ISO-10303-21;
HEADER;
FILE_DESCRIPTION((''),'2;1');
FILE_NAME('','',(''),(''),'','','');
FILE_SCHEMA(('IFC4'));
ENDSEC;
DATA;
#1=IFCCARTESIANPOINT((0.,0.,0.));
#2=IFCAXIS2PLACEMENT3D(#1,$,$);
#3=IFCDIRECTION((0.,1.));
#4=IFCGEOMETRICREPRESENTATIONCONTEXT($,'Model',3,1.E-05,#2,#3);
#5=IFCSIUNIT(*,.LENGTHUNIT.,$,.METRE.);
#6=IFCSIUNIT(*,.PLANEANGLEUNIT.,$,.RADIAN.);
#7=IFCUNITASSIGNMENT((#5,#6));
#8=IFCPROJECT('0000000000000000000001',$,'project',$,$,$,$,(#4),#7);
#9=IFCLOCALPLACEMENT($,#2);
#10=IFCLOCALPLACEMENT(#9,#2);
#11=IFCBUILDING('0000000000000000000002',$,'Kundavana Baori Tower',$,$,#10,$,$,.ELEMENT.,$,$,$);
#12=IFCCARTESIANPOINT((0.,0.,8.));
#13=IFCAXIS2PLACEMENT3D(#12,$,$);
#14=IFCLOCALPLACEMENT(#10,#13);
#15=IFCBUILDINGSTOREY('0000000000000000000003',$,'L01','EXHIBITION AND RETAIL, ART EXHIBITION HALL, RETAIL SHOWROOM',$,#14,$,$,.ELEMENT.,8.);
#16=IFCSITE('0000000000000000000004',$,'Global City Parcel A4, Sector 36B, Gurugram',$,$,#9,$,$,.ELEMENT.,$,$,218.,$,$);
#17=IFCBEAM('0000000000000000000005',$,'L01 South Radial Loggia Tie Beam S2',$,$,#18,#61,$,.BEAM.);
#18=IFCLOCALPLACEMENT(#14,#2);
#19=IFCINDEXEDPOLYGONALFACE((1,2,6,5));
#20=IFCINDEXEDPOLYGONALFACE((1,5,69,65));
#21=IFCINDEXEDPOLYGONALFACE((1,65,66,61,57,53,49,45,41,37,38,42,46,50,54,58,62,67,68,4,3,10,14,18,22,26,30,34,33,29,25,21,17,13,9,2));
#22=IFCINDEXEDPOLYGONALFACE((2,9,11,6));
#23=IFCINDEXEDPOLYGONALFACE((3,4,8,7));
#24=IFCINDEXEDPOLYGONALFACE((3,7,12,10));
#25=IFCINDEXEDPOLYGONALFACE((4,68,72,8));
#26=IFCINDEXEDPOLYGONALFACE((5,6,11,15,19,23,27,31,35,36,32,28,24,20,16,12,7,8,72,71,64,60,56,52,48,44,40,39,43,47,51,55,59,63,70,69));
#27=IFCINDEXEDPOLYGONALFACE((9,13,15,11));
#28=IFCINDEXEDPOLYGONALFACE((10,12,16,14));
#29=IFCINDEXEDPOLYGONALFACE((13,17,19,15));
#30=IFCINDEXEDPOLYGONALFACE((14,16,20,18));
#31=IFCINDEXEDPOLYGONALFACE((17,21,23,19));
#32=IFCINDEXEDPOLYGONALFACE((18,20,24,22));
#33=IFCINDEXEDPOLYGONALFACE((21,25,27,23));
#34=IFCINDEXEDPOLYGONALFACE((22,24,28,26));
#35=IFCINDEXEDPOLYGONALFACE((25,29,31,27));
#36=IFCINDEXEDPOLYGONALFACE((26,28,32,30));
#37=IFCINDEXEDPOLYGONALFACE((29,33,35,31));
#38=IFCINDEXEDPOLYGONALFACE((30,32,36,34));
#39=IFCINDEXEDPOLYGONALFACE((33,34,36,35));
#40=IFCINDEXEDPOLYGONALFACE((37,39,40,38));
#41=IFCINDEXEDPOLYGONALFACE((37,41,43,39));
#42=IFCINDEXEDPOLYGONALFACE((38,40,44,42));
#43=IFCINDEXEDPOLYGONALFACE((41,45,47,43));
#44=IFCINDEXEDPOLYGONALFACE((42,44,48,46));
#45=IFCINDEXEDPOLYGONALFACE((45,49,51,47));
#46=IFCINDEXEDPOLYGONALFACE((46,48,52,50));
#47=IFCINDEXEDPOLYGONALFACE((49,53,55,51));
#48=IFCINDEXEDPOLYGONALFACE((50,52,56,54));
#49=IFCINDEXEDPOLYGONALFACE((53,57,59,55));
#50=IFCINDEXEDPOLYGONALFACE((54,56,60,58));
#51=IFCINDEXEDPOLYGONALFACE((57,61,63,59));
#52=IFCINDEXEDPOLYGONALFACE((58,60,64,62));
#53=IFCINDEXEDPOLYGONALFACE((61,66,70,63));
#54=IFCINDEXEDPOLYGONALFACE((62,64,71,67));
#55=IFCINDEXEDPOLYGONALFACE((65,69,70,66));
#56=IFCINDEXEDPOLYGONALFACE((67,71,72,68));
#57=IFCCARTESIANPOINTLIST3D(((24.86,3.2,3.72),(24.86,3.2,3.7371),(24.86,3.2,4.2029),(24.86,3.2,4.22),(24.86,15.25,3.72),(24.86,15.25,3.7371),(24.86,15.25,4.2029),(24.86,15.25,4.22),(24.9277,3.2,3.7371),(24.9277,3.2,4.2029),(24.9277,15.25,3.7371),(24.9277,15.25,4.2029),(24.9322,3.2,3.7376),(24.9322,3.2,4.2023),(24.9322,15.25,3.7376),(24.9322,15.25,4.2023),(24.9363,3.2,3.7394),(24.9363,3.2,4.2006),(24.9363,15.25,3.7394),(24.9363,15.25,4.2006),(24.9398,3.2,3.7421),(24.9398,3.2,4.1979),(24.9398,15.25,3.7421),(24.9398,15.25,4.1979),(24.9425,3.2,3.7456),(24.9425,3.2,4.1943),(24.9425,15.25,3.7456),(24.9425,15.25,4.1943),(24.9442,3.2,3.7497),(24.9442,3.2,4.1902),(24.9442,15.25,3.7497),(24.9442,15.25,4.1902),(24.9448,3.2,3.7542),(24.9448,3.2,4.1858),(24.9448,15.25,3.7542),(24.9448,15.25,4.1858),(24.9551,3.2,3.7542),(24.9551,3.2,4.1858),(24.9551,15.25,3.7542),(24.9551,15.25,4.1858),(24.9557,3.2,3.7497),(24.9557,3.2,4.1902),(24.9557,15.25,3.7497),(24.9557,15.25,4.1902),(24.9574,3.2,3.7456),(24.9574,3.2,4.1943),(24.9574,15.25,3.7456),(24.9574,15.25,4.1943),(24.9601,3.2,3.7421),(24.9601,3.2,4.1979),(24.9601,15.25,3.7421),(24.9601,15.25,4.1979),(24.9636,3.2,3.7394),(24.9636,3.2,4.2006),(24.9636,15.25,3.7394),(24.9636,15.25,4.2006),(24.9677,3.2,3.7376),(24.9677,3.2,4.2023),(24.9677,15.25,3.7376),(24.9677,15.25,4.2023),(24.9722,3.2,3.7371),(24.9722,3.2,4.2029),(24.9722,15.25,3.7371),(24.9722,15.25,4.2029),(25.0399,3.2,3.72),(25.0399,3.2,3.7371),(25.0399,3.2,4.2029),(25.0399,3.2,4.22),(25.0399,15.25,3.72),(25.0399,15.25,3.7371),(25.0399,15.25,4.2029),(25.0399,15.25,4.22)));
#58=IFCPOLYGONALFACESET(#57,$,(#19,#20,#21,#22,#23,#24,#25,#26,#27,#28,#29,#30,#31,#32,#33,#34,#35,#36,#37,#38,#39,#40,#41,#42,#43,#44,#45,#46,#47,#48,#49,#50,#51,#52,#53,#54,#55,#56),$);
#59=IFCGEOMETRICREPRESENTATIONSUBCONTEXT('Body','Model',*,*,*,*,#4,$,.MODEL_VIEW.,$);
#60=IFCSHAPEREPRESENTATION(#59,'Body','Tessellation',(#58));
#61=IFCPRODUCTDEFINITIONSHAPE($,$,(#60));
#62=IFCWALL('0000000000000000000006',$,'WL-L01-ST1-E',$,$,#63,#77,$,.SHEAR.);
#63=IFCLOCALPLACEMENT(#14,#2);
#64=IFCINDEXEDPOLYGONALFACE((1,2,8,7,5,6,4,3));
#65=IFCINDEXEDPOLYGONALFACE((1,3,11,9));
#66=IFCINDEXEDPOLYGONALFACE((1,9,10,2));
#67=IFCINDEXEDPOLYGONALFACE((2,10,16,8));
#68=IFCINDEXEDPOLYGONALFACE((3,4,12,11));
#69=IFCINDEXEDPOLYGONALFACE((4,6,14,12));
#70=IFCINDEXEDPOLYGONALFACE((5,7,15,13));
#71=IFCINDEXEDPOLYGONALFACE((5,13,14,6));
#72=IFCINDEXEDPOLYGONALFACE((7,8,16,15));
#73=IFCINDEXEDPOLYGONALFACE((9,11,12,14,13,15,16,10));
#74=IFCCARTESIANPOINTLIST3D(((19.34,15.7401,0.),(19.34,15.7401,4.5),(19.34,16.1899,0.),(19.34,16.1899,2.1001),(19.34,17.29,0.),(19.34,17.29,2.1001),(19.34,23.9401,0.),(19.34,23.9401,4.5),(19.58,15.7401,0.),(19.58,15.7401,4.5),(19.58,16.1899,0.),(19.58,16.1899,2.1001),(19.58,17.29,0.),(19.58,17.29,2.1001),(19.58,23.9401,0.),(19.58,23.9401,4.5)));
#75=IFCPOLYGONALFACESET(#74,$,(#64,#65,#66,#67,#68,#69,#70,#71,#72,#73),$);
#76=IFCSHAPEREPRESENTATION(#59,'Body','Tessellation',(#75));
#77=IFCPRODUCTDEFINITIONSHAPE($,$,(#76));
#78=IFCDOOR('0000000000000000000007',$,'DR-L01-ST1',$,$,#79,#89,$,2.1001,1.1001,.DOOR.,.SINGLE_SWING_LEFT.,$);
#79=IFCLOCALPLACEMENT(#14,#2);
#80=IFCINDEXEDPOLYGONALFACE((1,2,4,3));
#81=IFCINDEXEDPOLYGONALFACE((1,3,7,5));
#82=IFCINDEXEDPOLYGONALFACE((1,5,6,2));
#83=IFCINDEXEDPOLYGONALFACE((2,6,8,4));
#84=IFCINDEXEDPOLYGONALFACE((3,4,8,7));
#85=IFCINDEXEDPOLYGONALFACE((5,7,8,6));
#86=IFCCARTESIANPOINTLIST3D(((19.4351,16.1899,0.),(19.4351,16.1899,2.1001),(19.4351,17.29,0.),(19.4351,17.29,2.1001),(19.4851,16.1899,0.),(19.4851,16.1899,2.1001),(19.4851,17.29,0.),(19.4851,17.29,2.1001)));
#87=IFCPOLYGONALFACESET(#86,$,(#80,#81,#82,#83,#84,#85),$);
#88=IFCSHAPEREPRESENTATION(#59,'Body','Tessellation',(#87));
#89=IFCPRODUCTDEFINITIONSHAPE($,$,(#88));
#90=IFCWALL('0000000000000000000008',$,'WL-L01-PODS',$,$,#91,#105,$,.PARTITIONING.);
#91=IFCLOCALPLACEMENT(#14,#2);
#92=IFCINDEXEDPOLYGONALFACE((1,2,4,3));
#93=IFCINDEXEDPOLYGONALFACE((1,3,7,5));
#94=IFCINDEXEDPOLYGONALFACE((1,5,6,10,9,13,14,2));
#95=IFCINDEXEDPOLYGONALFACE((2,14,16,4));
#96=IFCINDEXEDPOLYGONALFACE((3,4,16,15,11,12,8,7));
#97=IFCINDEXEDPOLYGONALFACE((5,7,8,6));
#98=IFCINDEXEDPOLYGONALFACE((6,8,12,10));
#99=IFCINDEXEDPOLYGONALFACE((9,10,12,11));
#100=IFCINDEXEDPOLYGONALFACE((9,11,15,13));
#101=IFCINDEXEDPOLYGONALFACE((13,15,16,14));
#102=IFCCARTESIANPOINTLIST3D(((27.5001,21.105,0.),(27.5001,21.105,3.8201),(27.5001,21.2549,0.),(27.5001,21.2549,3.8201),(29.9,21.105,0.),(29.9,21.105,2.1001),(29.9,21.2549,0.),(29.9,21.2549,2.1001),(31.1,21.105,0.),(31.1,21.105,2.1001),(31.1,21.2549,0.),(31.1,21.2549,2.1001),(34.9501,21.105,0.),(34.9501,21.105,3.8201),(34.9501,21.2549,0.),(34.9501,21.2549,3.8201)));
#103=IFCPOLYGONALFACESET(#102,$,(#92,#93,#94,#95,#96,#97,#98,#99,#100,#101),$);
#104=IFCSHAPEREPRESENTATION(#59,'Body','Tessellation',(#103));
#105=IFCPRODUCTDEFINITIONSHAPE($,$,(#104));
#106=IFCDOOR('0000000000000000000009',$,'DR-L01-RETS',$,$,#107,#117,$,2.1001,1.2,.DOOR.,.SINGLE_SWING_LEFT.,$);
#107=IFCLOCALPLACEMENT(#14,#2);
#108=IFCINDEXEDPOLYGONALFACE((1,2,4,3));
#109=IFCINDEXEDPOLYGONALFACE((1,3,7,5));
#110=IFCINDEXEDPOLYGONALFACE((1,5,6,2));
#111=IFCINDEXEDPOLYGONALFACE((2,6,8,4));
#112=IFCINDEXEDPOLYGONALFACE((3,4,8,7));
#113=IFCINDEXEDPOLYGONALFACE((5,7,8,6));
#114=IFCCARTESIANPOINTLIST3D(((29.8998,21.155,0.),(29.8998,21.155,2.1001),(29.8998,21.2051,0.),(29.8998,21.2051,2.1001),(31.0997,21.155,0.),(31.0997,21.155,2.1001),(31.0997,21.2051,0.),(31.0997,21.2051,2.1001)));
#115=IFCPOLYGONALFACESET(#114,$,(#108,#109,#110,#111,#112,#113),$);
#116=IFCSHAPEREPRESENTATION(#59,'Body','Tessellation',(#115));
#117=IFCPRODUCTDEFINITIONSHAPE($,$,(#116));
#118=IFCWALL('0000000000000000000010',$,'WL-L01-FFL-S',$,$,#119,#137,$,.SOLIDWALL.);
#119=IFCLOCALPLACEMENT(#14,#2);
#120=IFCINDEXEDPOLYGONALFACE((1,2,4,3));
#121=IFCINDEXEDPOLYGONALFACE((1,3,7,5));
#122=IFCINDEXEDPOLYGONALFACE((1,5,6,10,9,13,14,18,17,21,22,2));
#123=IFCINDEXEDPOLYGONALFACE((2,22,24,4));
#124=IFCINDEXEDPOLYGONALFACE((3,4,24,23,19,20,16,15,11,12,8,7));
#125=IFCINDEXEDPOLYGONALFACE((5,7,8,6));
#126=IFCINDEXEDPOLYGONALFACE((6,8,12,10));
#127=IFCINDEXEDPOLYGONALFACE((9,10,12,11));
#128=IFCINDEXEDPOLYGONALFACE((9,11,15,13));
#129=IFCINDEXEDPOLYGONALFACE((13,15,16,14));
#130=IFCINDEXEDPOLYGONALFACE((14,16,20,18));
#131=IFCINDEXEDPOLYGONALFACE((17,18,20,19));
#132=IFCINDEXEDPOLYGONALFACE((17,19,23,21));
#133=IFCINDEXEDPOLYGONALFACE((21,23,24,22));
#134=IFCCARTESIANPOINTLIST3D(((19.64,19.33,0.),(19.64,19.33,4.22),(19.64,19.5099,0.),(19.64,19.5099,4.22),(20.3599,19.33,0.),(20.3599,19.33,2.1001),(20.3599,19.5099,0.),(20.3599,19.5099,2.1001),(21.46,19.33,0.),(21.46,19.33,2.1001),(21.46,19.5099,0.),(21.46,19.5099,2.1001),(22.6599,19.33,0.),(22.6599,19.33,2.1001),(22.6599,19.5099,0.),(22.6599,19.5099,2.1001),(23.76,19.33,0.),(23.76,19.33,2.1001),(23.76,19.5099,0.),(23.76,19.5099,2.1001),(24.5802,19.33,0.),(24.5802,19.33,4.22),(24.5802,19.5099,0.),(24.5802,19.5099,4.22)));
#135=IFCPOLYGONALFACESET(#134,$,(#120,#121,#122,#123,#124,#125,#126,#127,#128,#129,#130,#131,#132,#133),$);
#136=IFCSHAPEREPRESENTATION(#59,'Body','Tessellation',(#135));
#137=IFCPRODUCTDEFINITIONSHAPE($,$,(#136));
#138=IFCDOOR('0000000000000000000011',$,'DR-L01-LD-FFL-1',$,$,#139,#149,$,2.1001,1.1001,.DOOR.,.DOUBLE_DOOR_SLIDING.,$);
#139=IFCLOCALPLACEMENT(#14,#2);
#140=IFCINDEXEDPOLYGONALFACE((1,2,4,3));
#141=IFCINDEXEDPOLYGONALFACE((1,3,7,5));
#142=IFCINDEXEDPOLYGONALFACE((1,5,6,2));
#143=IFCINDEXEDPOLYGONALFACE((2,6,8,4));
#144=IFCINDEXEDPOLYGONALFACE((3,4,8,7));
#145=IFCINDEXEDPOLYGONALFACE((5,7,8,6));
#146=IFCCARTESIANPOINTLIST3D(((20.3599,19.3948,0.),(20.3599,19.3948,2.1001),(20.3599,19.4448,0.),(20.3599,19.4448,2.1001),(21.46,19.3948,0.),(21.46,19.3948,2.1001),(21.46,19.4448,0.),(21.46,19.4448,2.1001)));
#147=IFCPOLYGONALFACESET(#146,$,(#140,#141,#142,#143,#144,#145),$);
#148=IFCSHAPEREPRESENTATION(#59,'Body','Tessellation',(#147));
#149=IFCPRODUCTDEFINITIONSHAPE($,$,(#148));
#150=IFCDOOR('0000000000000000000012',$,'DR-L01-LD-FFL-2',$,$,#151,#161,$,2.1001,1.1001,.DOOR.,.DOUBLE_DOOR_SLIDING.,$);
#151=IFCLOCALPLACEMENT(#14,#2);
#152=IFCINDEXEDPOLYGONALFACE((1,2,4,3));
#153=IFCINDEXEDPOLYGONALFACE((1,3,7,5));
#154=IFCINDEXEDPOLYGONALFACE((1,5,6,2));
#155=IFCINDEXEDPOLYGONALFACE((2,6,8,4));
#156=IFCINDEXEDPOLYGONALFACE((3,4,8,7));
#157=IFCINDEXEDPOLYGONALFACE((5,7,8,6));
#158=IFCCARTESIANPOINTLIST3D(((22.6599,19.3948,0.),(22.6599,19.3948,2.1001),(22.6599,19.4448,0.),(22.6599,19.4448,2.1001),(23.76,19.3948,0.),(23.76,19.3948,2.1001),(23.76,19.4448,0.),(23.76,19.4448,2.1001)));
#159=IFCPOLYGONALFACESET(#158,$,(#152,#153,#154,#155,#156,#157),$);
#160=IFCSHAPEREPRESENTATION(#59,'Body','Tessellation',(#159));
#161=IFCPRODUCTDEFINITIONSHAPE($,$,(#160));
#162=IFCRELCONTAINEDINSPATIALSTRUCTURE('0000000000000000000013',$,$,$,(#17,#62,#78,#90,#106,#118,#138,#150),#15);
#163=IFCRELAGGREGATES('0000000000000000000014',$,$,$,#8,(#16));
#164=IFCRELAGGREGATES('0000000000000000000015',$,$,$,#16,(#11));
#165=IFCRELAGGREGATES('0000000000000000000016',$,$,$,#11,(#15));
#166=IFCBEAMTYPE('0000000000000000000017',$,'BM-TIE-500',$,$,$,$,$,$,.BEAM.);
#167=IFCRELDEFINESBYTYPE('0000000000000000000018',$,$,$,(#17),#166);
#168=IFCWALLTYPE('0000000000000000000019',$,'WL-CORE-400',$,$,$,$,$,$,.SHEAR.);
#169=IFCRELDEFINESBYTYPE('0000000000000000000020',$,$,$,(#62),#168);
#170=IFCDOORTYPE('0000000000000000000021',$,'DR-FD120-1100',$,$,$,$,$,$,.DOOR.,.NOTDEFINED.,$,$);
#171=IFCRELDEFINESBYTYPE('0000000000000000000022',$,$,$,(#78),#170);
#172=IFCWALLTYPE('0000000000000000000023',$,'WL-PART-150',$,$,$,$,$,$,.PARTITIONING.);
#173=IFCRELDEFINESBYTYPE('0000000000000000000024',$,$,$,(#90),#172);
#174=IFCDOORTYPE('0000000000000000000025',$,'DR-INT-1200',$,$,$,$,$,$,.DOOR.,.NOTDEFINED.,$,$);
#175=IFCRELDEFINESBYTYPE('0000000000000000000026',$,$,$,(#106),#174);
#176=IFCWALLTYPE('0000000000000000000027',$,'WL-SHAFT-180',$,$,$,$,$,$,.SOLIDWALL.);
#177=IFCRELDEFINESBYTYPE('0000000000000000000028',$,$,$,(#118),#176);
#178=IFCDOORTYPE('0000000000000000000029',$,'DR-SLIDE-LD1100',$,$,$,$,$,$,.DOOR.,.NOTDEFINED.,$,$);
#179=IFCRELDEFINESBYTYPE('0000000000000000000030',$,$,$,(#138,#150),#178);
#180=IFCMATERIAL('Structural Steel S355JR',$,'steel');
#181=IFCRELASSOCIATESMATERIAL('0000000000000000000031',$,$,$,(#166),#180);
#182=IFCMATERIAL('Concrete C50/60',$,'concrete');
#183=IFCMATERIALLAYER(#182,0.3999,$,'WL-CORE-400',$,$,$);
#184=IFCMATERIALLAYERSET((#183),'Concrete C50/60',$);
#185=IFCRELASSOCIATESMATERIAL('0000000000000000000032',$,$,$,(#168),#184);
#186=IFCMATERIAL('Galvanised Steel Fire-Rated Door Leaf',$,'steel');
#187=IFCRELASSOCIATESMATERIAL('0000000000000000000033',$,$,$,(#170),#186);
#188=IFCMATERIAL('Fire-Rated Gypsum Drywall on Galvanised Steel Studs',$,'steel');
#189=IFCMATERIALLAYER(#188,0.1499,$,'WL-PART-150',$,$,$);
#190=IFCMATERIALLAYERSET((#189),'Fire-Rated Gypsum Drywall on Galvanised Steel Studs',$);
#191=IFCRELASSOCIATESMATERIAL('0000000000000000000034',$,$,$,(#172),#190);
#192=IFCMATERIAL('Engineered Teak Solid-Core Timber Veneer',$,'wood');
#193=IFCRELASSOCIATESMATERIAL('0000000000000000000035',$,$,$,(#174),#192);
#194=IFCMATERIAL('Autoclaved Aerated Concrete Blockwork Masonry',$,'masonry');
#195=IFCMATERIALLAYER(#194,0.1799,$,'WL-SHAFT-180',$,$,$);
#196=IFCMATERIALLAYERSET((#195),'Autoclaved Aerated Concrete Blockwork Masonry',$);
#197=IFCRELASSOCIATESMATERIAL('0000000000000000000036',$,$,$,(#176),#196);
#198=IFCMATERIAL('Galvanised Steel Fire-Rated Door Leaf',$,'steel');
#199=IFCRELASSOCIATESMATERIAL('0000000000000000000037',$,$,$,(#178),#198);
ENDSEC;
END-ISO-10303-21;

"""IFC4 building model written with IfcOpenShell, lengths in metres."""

from ifc_helpers import new_model, si_unit, direction, frame, frame_2d, origin, origin_2d, place, context, subcontext, project, spatial, rectangle, i_section, extrude, material, layer, layer_set, material_profile, profile_set, type_object, element, fill, save


model = new_model("IFC4")

# Units and contexts
model_context = context("Model", 3, precision=1e-05, world=origin(), true_north=direction((0.0, 1.0)))
body_context = subcontext(model_context, "Body", "Model", "MODEL_VIEW")
ifc_project = project(units=[si_unit("LENGTHUNIT", "METRE"), si_unit("PLANEANGLEUNIT", "RADIAN")], contexts=[model_context])

# Site, building, storey
site_placement = place(None, origin())
site = spatial("IfcSite", under=ifc_project, at=site_placement, Name="Global City Parcel A4, Sector 36B, Gurugram", CompositionType="ELEMENT", RefElevation=218.0)
building_placement = place(site_placement, origin())
building = spatial("IfcBuilding", under=site, at=building_placement, Name="Kundavana Baori Tower", CompositionType="ELEMENT")
storey_placement = place(building_placement, frame((0.0, 0.0, 8.0)))
storey = spatial("IfcBuildingStorey", under=building, at=storey_placement, Name="L01", Description="EXHIBITION AND RETAIL, ART EXHIBITION HALL, RETAIL SHOWROOM", CompositionType="ELEMENT", Elevation=8.0)

# Beam
ifc_material_1 = material(Name="Structural Steel S355JR", Category="steel")
ifc_material_profile_1 = material_profile(ifc_material_1, i_section(OverallWidth=0.1799, OverallDepth=0.5, WebThickness=0.0103, FlangeThickness=0.0171, FilletRadius=0.0171, at=origin_2d()), Name="ISMB 500")
ifc_profile_set_1 = profile_set([ifc_material_profile_1], Name="Structural Steel S355JR")
beam_type_1 = type_object("IfcBeamType", Name="BM-TIE-500", PredefinedType="BEAM", material=ifc_profile_set_1)
beam_1_placement = place(storey_placement, frame((24.95, 15.25, 3.97), z_axis=(0.0, -1.0, 0.0), x_axis=(1.0, 0.0, 0.0)))
element("IfcBeam", 1, at=beam_1_placement, inside=storey, type_object=beam_type_1, Name="L01 South Radial Loggia Tie Beam S2", PredefinedType="BEAM", context=body_context, shape_type="SweptSolid", body=[
    extrude(i_section(OverallWidth=0.1799, OverallDepth=0.5, WebThickness=0.0103, FlangeThickness=0.0171, FilletRadius=0.0171, at=origin_2d()), origin(), (0.0, 0.0, 1.0), 12.05),
])

# Wall, opening, door
ifc_material_2 = material(Name="Concrete C50/60", Category="concrete")
ifc_layer_1 = layer(ifc_material_2, 0.3999, Name="WL-CORE-400")
ifc_layer_set_1 = layer_set([ifc_layer_1], Name="Concrete C50/60")
wall_type_1 = type_object("IfcWallType", Name="WL-CORE-400", PredefinedType="SHEAR", material=ifc_layer_set_1)
wall_1_placement = place(storey_placement, frame((19.46, 15.74, 0.0), z_axis=(0.0, 0.0, 1.0), x_axis=(0.0, 1.0, 0.0)))
wall_1 = element("IfcWall", 2, at=wall_1_placement, inside=storey, type_object=wall_type_1, Name="WL-L01-ST1-E", PredefinedType="SHEAR", context=body_context, shape_type="SweptSolid", body=[
    extrude(rectangle(XDim=8.2, YDim=0.24, at=frame_2d((4.1001, 0.0))), origin(), (0.0, 0.0, 1.0), 4.5),
])
opening_1_placement = place(wall_1_placement, frame((0.45, 0.0, 0.0)))
opening_1 = element("IfcOpeningElement", 3, at=opening_1_placement, cuts=wall_1, PredefinedType="OPENING", context=body_context, shape_type="SweptSolid", body=[
    extrude(rectangle(XDim=1.1001, YDim=2.1001, at=frame_2d((0.55, 1.05))), frame((0.0, 0.1299, 0.0), z_axis=(0.0, -1.0, 0.0), x_axis=(1.0, 0.0, 0.0)), (0.0, 0.0, 1.0), 0.26),
])
ifc_material_3 = material(Name="Galvanised Steel Fire-Rated Door Leaf", Category="steel")
door_type_1 = type_object("IfcDoorType", Name="DR-FD120-1100", OperationType="NOTDEFINED", PredefinedType="DOOR", material=ifc_material_3)
door_1_placement = place(opening_1_placement, origin())
door_1 = element("IfcDoor", 4, at=door_1_placement, inside=storey, type_object=door_type_1, Name="DR-L01-ST1", OperationType="SINGLE_SWING_LEFT", OverallHeight=2.1001, OverallWidth=1.1001, PredefinedType="DOOR", context=body_context, shape_type="SweptSolid", body=[
    extrude(rectangle(XDim=1.1001, YDim=2.1001, at=frame_2d((0.55, 1.05))), frame((0.0, 0.0249, 0.0), z_axis=(0.0, -1.0, 0.0), x_axis=(1.0, 0.0, 0.0)), (0.0, 0.0, 1.0), 0.05),
])
fill(opening_1, door_1)

# Wall, opening, door
ifc_material_4 = material(Name="Fire-Rated Gypsum Drywall on Galvanised Steel Studs", Category="steel")
ifc_layer_2 = layer(ifc_material_4, 0.1499, Name="WL-PART-150")
ifc_layer_set_2 = layer_set([ifc_layer_2], Name="Fire-Rated Gypsum Drywall on Galvanised Steel Studs")
wall_type_2 = type_object("IfcWallType", Name="WL-PART-150", PredefinedType="PARTITIONING", material=ifc_layer_set_2)
wall_2_placement = place(storey_placement, frame((27.5, 21.1799, 0.0), z_axis=(0.0, 0.0, 1.0), x_axis=(1.0, 0.0, 0.0)))
wall_2 = element("IfcWall", 5, at=wall_2_placement, inside=storey, type_object=wall_type_2, Name="WL-L01-PODS", PredefinedType="PARTITIONING", context=body_context, shape_type="SweptSolid", body=[
    extrude(rectangle(XDim=7.45, YDim=0.1499, at=frame_2d((3.7251, 0.0))), origin(), (0.0, 0.0, 1.0), 3.8201),
])
opening_2_placement = place(wall_2_placement, frame((2.3999, 0.0, 0.0)))
opening_2 = element("IfcOpeningElement", 6, at=opening_2_placement, cuts=wall_2, PredefinedType="OPENING", context=body_context, shape_type="SweptSolid", body=[
    extrude(rectangle(XDim=1.2, YDim=2.1001, at=frame_2d((0.6001, 1.05))), frame((0.0, 0.085, 0.0), z_axis=(0.0, -1.0, 0.0), x_axis=(1.0, 0.0, 0.0)), (0.0, 0.0, 1.0), 0.1699),
])
ifc_material_5 = material(Name="Engineered Teak Solid-Core Timber Veneer", Category="wood")
door_type_2 = type_object("IfcDoorType", Name="DR-INT-1200", OperationType="NOTDEFINED", PredefinedType="DOOR", material=ifc_material_5)
door_2_placement = place(opening_2_placement, frame((1.2, 0.0, 0.0), z_axis=(0.0, 0.0, 1.0), x_axis=(-1.0, 0.0, 0.0)))
door_2 = element("IfcDoor", 7, at=door_2_placement, inside=storey, type_object=door_type_2, Name="DR-L01-RETS", OperationType="SINGLE_SWING_LEFT", OverallHeight=2.1001, OverallWidth=1.2, PredefinedType="DOOR", context=body_context, shape_type="SweptSolid", body=[
    extrude(rectangle(XDim=1.2, YDim=2.1001, at=frame_2d((0.6001, 1.05))), frame((0.0, 0.0249, 0.0), z_axis=(0.0, -1.0, 0.0), x_axis=(1.0, 0.0, 0.0)), (0.0, 0.0, 1.0), 0.05),
])
fill(opening_2, door_2)

# Wall, openings, doors
ifc_material_6 = material(Name="Autoclaved Aerated Concrete Blockwork Masonry", Category="masonry")
ifc_layer_3 = layer(ifc_material_6, 0.1799, Name="WL-SHAFT-180")
ifc_layer_set_3 = layer_set([ifc_layer_3], Name="Autoclaved Aerated Concrete Blockwork Masonry")
wall_type_3 = type_object("IfcWallType", Name="WL-SHAFT-180", PredefinedType="SOLIDWALL", material=ifc_layer_set_3)
wall_3_placement = place(storey_placement, frame((19.6399, 19.4199, 0.0), z_axis=(0.0, 0.0, 1.0), x_axis=(1.0, 0.0, 0.0)))
wall_3 = element("IfcWall", 8, at=wall_3_placement, inside=storey, type_object=wall_type_3, Name="WL-L01-FFL-S", PredefinedType="SOLIDWALL", context=body_context, shape_type="SweptSolid", body=[
    extrude(rectangle(XDim=4.9402, YDim=0.1799, at=frame_2d((2.4702, 0.0))), origin(), (0.0, 0.0, 1.0), 4.22),
])
opening_3_placement = place(wall_3_placement, frame((0.72, 0.0, 0.0)))
opening_3 = element("IfcOpeningElement", 9, at=opening_3_placement, cuts=wall_3, PredefinedType="OPENING", context=body_context, shape_type="SweptSolid", body=[
    extrude(rectangle(XDim=1.1001, YDim=2.1001, at=frame_2d((0.55, 1.05))), frame((0.0, 0.1001, 0.0), z_axis=(0.0, -1.0, 0.0), x_axis=(1.0, 0.0, 0.0)), (0.0, 0.0, 1.0), 0.2),
])
opening_4_placement = place(wall_3_placement, frame((3.02, 0.0, 0.0)))
opening_4 = element("IfcOpeningElement", 10, at=opening_4_placement, cuts=wall_3, PredefinedType="OPENING", context=body_context, shape_type="SweptSolid", body=[
    extrude(rectangle(XDim=1.1001, YDim=2.1001, at=frame_2d((0.55, 1.05))), frame((0.0, 0.1001, 0.0), z_axis=(0.0, -1.0, 0.0), x_axis=(1.0, 0.0, 0.0)), (0.0, 0.0, 1.0), 0.2),
])
ifc_material_7 = material(Name="Galvanised Steel Fire-Rated Door Leaf", Category="steel")
door_type_3 = type_object("IfcDoorType", Name="DR-SLIDE-LD1100", OperationType="NOTDEFINED", PredefinedType="DOOR", material=ifc_material_7)
door_3_placement = place(opening_3_placement, origin())
door_3 = element("IfcDoor", 11, at=door_3_placement, inside=storey, type_object=door_type_3, Name="DR-L01-LD-FFL-1", OperationType="DOUBLE_DOOR_SLIDING", OverallHeight=2.1001, OverallWidth=1.1001, PredefinedType="DOOR", context=body_context, shape_type="SweptSolid", body=[
    extrude(rectangle(XDim=1.1001, YDim=2.1001, at=frame_2d((0.55, 1.05))), frame((0.0, 0.0249, 0.0), z_axis=(0.0, -1.0, 0.0), x_axis=(1.0, 0.0, 0.0)), (0.0, 0.0, 1.0), 0.05),
])
fill(opening_3, door_3)
door_4_placement = place(opening_4_placement, origin())
door_4 = element("IfcDoor", 12, at=door_4_placement, inside=storey, type_object=door_type_3, Name="DR-L01-LD-FFL-2", OperationType="DOUBLE_DOOR_SLIDING", OverallHeight=2.1001, OverallWidth=1.1001, PredefinedType="DOOR", context=body_context, shape_type="SweptSolid", body=[
    extrude(rectangle(XDim=1.1001, YDim=2.1001, at=frame_2d((0.55, 1.05))), frame((0.0, 0.0249, 0.0), z_axis=(0.0, -1.0, 0.0), x_axis=(1.0, 0.0, 0.0)), (0.0, 0.0, 1.0), 0.05),
])
fill(opening_4, door_4)

save(model, "model.ifc")
